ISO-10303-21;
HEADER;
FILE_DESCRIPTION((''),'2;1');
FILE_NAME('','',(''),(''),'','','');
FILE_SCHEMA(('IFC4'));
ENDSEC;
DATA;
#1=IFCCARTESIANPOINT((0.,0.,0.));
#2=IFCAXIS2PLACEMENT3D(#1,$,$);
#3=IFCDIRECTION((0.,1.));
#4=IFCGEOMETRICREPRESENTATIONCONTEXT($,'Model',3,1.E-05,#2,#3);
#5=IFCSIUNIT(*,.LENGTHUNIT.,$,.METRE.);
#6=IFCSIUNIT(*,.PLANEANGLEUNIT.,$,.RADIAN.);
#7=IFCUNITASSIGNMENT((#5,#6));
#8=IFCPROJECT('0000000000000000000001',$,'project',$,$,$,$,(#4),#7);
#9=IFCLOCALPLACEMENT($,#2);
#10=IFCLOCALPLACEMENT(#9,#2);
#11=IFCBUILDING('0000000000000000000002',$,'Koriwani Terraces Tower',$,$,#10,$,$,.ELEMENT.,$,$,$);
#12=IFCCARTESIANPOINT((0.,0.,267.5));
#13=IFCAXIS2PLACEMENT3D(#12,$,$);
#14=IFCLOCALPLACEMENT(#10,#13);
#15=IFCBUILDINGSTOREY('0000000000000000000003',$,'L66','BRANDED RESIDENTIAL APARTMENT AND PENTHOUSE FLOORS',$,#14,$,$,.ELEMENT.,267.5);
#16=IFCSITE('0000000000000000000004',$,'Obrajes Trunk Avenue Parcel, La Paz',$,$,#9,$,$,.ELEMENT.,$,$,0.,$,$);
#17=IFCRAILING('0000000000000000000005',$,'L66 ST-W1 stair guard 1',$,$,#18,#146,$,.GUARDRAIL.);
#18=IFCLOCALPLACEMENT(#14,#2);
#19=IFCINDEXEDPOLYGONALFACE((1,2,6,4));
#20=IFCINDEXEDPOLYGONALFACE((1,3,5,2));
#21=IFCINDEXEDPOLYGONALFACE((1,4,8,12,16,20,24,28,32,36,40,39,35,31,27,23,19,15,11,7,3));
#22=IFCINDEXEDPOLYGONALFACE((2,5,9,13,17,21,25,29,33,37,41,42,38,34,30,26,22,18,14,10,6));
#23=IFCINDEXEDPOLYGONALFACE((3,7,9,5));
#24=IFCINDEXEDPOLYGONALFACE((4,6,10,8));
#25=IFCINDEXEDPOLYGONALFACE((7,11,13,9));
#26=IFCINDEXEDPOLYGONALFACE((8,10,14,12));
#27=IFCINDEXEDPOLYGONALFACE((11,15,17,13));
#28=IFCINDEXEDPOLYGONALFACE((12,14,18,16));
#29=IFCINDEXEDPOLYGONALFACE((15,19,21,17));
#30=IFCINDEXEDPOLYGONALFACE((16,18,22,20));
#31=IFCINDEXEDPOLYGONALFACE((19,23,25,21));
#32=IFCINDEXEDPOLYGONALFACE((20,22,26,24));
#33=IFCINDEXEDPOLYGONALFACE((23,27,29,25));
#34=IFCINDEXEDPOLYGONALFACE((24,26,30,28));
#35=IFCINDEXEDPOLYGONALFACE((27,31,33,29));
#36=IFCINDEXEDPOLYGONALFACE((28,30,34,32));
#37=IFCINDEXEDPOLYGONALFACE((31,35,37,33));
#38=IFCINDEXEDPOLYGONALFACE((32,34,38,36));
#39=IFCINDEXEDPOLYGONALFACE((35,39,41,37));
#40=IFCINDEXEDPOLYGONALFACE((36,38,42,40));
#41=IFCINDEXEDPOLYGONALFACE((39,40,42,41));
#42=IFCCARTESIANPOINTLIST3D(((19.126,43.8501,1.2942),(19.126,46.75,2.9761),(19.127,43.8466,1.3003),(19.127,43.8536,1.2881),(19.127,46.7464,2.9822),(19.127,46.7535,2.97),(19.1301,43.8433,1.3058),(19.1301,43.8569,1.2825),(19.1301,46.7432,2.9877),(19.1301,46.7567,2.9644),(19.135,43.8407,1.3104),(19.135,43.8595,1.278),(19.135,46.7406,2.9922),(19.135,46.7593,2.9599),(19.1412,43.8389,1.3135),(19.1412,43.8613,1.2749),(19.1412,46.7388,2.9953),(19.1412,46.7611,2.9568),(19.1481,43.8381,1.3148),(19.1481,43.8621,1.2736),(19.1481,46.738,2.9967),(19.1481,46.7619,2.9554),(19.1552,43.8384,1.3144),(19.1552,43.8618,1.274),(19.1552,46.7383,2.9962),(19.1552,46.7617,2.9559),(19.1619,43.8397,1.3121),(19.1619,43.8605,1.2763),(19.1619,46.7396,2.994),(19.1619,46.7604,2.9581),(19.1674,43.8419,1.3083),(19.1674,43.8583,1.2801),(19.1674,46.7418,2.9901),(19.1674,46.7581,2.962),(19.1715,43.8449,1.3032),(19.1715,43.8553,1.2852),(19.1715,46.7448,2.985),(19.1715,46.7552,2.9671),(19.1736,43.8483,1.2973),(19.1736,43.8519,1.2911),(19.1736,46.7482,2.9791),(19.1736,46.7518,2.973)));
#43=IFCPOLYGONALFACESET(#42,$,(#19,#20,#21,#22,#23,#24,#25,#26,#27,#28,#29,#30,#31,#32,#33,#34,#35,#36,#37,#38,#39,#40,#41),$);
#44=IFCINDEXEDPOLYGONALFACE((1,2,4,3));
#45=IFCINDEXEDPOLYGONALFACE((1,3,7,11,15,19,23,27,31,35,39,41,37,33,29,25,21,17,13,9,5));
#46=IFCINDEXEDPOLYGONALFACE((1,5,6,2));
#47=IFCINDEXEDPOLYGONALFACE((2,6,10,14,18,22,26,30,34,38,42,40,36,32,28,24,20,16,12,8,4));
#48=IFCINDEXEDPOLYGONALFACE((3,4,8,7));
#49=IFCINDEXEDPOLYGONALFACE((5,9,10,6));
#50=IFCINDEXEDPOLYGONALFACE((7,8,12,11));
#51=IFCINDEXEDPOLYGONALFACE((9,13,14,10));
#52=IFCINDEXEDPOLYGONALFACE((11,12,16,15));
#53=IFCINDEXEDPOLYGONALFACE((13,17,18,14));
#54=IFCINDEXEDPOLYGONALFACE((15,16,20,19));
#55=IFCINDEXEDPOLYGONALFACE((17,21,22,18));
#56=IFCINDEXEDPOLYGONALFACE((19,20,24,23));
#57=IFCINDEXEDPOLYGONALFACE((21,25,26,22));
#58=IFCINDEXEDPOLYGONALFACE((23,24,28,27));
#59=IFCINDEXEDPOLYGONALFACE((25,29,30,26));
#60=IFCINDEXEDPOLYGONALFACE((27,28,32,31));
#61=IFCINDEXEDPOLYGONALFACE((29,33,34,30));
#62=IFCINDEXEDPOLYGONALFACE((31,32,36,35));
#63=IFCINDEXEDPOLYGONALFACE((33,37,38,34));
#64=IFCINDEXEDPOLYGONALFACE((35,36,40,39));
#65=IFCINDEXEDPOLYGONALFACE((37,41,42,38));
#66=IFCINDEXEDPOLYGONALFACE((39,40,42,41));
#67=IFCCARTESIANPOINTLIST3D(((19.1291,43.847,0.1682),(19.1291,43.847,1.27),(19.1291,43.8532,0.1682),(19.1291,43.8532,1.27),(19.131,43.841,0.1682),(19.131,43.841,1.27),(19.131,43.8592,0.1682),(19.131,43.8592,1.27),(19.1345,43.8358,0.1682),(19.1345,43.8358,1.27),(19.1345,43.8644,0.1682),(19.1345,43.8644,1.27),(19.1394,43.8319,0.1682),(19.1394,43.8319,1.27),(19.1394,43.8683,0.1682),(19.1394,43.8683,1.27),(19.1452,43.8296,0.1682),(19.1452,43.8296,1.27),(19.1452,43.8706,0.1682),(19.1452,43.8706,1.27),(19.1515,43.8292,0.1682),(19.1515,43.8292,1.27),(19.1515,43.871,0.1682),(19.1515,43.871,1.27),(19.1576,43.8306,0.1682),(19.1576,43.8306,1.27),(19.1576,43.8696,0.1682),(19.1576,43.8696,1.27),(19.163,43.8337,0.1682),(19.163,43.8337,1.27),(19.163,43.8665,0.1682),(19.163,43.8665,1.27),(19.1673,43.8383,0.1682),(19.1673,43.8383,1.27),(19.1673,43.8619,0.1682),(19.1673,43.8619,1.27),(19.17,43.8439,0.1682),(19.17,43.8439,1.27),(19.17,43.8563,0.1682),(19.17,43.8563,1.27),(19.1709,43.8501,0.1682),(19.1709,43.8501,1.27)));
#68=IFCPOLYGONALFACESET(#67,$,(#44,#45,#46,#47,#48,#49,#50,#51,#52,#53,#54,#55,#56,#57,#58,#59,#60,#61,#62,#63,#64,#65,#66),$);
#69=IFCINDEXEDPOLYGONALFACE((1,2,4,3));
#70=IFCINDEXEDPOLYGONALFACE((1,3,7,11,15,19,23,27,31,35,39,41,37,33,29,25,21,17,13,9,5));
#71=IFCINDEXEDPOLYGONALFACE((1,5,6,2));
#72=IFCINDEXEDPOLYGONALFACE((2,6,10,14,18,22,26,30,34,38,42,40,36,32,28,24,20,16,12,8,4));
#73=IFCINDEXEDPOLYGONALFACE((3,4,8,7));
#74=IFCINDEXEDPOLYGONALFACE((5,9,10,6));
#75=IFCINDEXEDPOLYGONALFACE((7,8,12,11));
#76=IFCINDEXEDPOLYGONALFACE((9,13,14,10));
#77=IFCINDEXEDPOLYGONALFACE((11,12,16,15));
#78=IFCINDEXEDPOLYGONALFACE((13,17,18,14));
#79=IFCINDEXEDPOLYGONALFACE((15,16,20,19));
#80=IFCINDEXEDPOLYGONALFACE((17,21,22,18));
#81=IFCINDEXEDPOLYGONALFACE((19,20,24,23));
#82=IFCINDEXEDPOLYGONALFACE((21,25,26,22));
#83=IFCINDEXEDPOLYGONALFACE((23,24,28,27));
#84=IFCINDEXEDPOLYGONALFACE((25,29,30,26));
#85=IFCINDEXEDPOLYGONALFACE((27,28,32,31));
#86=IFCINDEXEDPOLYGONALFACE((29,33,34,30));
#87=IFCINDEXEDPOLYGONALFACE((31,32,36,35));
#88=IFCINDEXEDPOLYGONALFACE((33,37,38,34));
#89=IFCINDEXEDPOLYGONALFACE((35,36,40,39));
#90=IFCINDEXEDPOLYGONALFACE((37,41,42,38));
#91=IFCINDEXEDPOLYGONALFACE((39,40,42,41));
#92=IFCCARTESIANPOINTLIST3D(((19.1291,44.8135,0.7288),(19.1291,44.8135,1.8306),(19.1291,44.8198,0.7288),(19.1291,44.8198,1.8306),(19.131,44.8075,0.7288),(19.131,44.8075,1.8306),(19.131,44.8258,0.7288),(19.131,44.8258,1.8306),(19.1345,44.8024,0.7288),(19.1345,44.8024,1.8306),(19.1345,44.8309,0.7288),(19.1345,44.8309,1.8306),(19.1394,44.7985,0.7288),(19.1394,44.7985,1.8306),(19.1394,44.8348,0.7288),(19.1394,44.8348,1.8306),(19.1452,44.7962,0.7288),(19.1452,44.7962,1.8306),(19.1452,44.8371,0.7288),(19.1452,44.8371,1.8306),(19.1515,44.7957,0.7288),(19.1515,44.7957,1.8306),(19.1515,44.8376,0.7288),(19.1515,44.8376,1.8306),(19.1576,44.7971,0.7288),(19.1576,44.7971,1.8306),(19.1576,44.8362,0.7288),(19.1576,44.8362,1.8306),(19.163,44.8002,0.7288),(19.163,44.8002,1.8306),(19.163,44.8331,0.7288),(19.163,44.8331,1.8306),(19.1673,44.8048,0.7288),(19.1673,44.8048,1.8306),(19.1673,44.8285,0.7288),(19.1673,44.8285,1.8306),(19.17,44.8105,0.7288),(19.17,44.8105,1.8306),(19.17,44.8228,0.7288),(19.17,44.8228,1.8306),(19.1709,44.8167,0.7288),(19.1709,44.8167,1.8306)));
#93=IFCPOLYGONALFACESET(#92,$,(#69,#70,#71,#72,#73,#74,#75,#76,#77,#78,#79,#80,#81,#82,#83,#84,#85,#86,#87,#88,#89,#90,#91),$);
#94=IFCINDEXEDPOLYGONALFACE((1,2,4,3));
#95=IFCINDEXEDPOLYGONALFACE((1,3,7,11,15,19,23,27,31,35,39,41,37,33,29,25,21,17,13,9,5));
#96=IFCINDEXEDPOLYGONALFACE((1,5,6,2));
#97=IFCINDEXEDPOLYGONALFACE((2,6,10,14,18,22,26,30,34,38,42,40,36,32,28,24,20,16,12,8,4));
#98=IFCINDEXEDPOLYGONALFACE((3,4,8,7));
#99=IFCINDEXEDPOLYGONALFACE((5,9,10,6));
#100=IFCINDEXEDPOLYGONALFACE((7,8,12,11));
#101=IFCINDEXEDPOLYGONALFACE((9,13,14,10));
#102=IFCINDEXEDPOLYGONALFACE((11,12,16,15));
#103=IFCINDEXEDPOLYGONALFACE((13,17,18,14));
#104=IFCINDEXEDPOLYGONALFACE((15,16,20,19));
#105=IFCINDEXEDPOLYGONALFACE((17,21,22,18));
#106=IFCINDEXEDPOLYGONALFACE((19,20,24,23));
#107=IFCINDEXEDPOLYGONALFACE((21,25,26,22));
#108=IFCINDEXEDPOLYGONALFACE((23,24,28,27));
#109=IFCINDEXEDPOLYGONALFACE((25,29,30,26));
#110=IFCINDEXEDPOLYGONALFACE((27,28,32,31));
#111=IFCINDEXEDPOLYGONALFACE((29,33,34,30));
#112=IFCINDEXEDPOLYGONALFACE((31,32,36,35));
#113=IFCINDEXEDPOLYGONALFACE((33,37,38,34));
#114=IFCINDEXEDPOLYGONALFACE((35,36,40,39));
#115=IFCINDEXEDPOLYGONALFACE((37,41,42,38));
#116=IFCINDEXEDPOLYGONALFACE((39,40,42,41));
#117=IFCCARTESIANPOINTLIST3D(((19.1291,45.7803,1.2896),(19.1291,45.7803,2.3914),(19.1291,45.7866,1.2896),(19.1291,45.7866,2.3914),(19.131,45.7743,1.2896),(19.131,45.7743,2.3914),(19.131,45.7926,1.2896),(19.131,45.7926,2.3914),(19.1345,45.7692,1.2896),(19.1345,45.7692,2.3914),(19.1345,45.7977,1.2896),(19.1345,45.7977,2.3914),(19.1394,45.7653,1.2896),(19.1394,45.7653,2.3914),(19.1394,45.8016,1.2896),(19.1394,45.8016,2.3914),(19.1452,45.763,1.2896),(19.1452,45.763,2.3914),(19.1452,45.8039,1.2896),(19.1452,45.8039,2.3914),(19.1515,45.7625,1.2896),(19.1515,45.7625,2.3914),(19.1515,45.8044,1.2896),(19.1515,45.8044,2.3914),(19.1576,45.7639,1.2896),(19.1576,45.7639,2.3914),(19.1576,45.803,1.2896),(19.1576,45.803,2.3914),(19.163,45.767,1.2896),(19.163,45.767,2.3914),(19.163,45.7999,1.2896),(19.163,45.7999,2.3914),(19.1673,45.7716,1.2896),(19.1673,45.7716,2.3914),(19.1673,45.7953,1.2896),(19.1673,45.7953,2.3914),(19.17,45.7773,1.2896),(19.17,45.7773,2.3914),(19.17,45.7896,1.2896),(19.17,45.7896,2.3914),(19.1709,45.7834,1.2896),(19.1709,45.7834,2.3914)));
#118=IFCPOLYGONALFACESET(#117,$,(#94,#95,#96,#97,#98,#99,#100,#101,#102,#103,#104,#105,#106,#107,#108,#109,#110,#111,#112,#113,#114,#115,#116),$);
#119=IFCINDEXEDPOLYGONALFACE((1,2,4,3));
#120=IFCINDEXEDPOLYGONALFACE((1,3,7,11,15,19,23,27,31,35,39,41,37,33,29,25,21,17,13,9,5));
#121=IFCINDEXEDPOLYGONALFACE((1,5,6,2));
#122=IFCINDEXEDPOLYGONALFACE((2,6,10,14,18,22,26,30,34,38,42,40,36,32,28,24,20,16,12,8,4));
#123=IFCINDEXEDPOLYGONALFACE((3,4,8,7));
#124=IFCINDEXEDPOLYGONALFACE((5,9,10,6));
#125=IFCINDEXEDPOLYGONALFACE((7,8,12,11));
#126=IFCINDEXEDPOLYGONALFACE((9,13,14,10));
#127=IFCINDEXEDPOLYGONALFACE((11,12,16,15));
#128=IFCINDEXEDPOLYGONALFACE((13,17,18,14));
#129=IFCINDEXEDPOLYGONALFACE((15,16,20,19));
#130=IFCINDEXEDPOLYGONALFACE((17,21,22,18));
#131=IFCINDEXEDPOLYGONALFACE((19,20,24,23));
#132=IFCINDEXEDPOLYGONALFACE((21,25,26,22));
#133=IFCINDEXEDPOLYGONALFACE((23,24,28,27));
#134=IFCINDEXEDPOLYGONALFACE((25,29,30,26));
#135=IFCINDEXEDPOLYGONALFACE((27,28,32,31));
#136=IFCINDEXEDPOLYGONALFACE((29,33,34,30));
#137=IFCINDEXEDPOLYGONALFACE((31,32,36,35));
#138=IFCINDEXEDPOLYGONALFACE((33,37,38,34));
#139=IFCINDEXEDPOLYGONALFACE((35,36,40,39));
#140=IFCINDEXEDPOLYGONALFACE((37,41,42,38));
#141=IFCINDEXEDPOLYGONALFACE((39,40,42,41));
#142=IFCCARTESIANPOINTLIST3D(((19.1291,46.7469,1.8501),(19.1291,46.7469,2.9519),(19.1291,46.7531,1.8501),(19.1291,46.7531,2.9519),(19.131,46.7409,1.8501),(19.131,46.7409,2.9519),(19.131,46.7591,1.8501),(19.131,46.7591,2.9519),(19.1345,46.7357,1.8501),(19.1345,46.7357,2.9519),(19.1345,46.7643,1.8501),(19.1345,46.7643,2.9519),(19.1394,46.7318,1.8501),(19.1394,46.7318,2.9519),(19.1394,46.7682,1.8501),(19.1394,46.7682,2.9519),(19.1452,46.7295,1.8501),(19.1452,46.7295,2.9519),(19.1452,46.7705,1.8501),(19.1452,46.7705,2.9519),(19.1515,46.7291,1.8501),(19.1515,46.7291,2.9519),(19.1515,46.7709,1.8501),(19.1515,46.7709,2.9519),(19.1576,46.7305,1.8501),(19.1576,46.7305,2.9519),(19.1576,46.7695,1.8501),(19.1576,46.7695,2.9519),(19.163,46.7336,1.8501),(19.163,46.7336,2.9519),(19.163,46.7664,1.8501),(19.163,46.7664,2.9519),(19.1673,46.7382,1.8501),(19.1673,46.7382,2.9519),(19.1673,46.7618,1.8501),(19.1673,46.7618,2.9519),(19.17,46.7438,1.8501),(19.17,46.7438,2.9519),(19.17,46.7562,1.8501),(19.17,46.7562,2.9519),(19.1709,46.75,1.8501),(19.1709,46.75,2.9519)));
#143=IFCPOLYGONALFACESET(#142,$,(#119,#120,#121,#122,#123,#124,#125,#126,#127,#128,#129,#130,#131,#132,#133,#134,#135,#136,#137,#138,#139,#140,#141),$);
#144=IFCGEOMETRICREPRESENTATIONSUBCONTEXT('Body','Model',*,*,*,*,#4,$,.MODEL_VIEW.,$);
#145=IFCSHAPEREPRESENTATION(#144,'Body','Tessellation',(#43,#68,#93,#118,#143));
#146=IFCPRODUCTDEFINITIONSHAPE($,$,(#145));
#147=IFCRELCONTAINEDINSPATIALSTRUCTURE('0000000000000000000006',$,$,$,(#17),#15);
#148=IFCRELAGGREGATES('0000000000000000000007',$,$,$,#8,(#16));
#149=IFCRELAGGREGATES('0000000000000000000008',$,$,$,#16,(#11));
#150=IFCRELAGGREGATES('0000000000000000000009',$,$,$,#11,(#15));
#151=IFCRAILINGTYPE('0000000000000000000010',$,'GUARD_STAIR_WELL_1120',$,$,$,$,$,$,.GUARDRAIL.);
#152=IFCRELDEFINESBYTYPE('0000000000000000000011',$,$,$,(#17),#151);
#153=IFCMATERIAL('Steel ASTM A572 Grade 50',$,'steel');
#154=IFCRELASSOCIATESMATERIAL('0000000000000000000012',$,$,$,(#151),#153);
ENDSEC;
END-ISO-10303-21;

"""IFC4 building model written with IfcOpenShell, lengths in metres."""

from ifc_helpers import new_model, si_unit, direction, frame, origin, origin_2d, place, context, subcontext, project, spatial, circle, extrude, material, type_object, element, save


model = new_model("IFC4")

# Units and contexts
model_context = context("Model", 3, precision=1e-05, world=origin(), true_north=direction((0.0, 1.0)))
body_context = subcontext(model_context, "Body", "Model", "MODEL_VIEW")
ifc_project = project(units=[si_unit("LENGTHUNIT", "METRE"), si_unit("PLANEANGLEUNIT", "RADIAN")], contexts=[model_context])

# Site, building, storey
site_placement = place(None, origin())
site = spatial("IfcSite", under=ifc_project, at=site_placement, Name="Obrajes Trunk Avenue Parcel, La Paz", CompositionType="ELEMENT", RefElevation=0.0)
building_placement = place(site_placement, origin())
building = spatial("IfcBuilding", under=site, at=building_placement, Name="Koriwani Terraces Tower", CompositionType="ELEMENT")
storey_placement = place(building_placement, frame((0.0, 0.0, 267.5)))
storey = spatial("IfcBuildingStorey", under=building, at=storey_placement, Name="L66", Description="BRANDED RESIDENTIAL APARTMENT AND PENTHOUSE FLOORS", CompositionType="ELEMENT", Elevation=267.5)

# Shared definitions
ifc_material_1 = material(Name="Steel ASTM A572 Grade 50", Category="steel")

# Railing
railing_type_1 = type_object("IfcRailingType", Name="GUARD_STAIR_WELL_1120", PredefinedType="GUARDRAIL", material=ifc_material_1)
railing_1_placement = place(storey_placement, frame((19.1499, 43.8501, 0.1682)))
element("IfcRailing", 1, at=railing_1_placement, inside=storey, type_object=railing_type_1, Name="L66 ST-W1 stair guard 1", PredefinedType="GUARDRAIL", context=body_context, shape_type="SweptSolid", body=[
    extrude(circle(Radius=0.0239, at=origin_2d()), frame((0.0, 0.0, 1.126), z_axis=(0.0, 0.865039, 0.501705), x_axis=(-1.0, 0.0, 0.0)), (0.0, 0.0, 1.0), 3.3523),
    extrude(circle(Radius=0.021, at=origin_2d()), origin(), (0.0, 0.0, 1.0), 1.1018),
    extrude(circle(Radius=0.021, at=origin_2d()), frame((0.0, 0.9666, 0.5605)), (0.0, 0.0, 1.0), 1.1018),
    extrude(circle(Radius=0.021, at=origin_2d()), frame((0.0, 1.9333, 1.1213)), (0.0, 0.0, 1.0), 1.1018),
    extrude(circle(Radius=0.021, at=origin_2d()), frame((0.0, 2.8999, 1.6819)), (0.0, 0.0, 1.0), 1.1018),
])

save(model, "model.ifc")
